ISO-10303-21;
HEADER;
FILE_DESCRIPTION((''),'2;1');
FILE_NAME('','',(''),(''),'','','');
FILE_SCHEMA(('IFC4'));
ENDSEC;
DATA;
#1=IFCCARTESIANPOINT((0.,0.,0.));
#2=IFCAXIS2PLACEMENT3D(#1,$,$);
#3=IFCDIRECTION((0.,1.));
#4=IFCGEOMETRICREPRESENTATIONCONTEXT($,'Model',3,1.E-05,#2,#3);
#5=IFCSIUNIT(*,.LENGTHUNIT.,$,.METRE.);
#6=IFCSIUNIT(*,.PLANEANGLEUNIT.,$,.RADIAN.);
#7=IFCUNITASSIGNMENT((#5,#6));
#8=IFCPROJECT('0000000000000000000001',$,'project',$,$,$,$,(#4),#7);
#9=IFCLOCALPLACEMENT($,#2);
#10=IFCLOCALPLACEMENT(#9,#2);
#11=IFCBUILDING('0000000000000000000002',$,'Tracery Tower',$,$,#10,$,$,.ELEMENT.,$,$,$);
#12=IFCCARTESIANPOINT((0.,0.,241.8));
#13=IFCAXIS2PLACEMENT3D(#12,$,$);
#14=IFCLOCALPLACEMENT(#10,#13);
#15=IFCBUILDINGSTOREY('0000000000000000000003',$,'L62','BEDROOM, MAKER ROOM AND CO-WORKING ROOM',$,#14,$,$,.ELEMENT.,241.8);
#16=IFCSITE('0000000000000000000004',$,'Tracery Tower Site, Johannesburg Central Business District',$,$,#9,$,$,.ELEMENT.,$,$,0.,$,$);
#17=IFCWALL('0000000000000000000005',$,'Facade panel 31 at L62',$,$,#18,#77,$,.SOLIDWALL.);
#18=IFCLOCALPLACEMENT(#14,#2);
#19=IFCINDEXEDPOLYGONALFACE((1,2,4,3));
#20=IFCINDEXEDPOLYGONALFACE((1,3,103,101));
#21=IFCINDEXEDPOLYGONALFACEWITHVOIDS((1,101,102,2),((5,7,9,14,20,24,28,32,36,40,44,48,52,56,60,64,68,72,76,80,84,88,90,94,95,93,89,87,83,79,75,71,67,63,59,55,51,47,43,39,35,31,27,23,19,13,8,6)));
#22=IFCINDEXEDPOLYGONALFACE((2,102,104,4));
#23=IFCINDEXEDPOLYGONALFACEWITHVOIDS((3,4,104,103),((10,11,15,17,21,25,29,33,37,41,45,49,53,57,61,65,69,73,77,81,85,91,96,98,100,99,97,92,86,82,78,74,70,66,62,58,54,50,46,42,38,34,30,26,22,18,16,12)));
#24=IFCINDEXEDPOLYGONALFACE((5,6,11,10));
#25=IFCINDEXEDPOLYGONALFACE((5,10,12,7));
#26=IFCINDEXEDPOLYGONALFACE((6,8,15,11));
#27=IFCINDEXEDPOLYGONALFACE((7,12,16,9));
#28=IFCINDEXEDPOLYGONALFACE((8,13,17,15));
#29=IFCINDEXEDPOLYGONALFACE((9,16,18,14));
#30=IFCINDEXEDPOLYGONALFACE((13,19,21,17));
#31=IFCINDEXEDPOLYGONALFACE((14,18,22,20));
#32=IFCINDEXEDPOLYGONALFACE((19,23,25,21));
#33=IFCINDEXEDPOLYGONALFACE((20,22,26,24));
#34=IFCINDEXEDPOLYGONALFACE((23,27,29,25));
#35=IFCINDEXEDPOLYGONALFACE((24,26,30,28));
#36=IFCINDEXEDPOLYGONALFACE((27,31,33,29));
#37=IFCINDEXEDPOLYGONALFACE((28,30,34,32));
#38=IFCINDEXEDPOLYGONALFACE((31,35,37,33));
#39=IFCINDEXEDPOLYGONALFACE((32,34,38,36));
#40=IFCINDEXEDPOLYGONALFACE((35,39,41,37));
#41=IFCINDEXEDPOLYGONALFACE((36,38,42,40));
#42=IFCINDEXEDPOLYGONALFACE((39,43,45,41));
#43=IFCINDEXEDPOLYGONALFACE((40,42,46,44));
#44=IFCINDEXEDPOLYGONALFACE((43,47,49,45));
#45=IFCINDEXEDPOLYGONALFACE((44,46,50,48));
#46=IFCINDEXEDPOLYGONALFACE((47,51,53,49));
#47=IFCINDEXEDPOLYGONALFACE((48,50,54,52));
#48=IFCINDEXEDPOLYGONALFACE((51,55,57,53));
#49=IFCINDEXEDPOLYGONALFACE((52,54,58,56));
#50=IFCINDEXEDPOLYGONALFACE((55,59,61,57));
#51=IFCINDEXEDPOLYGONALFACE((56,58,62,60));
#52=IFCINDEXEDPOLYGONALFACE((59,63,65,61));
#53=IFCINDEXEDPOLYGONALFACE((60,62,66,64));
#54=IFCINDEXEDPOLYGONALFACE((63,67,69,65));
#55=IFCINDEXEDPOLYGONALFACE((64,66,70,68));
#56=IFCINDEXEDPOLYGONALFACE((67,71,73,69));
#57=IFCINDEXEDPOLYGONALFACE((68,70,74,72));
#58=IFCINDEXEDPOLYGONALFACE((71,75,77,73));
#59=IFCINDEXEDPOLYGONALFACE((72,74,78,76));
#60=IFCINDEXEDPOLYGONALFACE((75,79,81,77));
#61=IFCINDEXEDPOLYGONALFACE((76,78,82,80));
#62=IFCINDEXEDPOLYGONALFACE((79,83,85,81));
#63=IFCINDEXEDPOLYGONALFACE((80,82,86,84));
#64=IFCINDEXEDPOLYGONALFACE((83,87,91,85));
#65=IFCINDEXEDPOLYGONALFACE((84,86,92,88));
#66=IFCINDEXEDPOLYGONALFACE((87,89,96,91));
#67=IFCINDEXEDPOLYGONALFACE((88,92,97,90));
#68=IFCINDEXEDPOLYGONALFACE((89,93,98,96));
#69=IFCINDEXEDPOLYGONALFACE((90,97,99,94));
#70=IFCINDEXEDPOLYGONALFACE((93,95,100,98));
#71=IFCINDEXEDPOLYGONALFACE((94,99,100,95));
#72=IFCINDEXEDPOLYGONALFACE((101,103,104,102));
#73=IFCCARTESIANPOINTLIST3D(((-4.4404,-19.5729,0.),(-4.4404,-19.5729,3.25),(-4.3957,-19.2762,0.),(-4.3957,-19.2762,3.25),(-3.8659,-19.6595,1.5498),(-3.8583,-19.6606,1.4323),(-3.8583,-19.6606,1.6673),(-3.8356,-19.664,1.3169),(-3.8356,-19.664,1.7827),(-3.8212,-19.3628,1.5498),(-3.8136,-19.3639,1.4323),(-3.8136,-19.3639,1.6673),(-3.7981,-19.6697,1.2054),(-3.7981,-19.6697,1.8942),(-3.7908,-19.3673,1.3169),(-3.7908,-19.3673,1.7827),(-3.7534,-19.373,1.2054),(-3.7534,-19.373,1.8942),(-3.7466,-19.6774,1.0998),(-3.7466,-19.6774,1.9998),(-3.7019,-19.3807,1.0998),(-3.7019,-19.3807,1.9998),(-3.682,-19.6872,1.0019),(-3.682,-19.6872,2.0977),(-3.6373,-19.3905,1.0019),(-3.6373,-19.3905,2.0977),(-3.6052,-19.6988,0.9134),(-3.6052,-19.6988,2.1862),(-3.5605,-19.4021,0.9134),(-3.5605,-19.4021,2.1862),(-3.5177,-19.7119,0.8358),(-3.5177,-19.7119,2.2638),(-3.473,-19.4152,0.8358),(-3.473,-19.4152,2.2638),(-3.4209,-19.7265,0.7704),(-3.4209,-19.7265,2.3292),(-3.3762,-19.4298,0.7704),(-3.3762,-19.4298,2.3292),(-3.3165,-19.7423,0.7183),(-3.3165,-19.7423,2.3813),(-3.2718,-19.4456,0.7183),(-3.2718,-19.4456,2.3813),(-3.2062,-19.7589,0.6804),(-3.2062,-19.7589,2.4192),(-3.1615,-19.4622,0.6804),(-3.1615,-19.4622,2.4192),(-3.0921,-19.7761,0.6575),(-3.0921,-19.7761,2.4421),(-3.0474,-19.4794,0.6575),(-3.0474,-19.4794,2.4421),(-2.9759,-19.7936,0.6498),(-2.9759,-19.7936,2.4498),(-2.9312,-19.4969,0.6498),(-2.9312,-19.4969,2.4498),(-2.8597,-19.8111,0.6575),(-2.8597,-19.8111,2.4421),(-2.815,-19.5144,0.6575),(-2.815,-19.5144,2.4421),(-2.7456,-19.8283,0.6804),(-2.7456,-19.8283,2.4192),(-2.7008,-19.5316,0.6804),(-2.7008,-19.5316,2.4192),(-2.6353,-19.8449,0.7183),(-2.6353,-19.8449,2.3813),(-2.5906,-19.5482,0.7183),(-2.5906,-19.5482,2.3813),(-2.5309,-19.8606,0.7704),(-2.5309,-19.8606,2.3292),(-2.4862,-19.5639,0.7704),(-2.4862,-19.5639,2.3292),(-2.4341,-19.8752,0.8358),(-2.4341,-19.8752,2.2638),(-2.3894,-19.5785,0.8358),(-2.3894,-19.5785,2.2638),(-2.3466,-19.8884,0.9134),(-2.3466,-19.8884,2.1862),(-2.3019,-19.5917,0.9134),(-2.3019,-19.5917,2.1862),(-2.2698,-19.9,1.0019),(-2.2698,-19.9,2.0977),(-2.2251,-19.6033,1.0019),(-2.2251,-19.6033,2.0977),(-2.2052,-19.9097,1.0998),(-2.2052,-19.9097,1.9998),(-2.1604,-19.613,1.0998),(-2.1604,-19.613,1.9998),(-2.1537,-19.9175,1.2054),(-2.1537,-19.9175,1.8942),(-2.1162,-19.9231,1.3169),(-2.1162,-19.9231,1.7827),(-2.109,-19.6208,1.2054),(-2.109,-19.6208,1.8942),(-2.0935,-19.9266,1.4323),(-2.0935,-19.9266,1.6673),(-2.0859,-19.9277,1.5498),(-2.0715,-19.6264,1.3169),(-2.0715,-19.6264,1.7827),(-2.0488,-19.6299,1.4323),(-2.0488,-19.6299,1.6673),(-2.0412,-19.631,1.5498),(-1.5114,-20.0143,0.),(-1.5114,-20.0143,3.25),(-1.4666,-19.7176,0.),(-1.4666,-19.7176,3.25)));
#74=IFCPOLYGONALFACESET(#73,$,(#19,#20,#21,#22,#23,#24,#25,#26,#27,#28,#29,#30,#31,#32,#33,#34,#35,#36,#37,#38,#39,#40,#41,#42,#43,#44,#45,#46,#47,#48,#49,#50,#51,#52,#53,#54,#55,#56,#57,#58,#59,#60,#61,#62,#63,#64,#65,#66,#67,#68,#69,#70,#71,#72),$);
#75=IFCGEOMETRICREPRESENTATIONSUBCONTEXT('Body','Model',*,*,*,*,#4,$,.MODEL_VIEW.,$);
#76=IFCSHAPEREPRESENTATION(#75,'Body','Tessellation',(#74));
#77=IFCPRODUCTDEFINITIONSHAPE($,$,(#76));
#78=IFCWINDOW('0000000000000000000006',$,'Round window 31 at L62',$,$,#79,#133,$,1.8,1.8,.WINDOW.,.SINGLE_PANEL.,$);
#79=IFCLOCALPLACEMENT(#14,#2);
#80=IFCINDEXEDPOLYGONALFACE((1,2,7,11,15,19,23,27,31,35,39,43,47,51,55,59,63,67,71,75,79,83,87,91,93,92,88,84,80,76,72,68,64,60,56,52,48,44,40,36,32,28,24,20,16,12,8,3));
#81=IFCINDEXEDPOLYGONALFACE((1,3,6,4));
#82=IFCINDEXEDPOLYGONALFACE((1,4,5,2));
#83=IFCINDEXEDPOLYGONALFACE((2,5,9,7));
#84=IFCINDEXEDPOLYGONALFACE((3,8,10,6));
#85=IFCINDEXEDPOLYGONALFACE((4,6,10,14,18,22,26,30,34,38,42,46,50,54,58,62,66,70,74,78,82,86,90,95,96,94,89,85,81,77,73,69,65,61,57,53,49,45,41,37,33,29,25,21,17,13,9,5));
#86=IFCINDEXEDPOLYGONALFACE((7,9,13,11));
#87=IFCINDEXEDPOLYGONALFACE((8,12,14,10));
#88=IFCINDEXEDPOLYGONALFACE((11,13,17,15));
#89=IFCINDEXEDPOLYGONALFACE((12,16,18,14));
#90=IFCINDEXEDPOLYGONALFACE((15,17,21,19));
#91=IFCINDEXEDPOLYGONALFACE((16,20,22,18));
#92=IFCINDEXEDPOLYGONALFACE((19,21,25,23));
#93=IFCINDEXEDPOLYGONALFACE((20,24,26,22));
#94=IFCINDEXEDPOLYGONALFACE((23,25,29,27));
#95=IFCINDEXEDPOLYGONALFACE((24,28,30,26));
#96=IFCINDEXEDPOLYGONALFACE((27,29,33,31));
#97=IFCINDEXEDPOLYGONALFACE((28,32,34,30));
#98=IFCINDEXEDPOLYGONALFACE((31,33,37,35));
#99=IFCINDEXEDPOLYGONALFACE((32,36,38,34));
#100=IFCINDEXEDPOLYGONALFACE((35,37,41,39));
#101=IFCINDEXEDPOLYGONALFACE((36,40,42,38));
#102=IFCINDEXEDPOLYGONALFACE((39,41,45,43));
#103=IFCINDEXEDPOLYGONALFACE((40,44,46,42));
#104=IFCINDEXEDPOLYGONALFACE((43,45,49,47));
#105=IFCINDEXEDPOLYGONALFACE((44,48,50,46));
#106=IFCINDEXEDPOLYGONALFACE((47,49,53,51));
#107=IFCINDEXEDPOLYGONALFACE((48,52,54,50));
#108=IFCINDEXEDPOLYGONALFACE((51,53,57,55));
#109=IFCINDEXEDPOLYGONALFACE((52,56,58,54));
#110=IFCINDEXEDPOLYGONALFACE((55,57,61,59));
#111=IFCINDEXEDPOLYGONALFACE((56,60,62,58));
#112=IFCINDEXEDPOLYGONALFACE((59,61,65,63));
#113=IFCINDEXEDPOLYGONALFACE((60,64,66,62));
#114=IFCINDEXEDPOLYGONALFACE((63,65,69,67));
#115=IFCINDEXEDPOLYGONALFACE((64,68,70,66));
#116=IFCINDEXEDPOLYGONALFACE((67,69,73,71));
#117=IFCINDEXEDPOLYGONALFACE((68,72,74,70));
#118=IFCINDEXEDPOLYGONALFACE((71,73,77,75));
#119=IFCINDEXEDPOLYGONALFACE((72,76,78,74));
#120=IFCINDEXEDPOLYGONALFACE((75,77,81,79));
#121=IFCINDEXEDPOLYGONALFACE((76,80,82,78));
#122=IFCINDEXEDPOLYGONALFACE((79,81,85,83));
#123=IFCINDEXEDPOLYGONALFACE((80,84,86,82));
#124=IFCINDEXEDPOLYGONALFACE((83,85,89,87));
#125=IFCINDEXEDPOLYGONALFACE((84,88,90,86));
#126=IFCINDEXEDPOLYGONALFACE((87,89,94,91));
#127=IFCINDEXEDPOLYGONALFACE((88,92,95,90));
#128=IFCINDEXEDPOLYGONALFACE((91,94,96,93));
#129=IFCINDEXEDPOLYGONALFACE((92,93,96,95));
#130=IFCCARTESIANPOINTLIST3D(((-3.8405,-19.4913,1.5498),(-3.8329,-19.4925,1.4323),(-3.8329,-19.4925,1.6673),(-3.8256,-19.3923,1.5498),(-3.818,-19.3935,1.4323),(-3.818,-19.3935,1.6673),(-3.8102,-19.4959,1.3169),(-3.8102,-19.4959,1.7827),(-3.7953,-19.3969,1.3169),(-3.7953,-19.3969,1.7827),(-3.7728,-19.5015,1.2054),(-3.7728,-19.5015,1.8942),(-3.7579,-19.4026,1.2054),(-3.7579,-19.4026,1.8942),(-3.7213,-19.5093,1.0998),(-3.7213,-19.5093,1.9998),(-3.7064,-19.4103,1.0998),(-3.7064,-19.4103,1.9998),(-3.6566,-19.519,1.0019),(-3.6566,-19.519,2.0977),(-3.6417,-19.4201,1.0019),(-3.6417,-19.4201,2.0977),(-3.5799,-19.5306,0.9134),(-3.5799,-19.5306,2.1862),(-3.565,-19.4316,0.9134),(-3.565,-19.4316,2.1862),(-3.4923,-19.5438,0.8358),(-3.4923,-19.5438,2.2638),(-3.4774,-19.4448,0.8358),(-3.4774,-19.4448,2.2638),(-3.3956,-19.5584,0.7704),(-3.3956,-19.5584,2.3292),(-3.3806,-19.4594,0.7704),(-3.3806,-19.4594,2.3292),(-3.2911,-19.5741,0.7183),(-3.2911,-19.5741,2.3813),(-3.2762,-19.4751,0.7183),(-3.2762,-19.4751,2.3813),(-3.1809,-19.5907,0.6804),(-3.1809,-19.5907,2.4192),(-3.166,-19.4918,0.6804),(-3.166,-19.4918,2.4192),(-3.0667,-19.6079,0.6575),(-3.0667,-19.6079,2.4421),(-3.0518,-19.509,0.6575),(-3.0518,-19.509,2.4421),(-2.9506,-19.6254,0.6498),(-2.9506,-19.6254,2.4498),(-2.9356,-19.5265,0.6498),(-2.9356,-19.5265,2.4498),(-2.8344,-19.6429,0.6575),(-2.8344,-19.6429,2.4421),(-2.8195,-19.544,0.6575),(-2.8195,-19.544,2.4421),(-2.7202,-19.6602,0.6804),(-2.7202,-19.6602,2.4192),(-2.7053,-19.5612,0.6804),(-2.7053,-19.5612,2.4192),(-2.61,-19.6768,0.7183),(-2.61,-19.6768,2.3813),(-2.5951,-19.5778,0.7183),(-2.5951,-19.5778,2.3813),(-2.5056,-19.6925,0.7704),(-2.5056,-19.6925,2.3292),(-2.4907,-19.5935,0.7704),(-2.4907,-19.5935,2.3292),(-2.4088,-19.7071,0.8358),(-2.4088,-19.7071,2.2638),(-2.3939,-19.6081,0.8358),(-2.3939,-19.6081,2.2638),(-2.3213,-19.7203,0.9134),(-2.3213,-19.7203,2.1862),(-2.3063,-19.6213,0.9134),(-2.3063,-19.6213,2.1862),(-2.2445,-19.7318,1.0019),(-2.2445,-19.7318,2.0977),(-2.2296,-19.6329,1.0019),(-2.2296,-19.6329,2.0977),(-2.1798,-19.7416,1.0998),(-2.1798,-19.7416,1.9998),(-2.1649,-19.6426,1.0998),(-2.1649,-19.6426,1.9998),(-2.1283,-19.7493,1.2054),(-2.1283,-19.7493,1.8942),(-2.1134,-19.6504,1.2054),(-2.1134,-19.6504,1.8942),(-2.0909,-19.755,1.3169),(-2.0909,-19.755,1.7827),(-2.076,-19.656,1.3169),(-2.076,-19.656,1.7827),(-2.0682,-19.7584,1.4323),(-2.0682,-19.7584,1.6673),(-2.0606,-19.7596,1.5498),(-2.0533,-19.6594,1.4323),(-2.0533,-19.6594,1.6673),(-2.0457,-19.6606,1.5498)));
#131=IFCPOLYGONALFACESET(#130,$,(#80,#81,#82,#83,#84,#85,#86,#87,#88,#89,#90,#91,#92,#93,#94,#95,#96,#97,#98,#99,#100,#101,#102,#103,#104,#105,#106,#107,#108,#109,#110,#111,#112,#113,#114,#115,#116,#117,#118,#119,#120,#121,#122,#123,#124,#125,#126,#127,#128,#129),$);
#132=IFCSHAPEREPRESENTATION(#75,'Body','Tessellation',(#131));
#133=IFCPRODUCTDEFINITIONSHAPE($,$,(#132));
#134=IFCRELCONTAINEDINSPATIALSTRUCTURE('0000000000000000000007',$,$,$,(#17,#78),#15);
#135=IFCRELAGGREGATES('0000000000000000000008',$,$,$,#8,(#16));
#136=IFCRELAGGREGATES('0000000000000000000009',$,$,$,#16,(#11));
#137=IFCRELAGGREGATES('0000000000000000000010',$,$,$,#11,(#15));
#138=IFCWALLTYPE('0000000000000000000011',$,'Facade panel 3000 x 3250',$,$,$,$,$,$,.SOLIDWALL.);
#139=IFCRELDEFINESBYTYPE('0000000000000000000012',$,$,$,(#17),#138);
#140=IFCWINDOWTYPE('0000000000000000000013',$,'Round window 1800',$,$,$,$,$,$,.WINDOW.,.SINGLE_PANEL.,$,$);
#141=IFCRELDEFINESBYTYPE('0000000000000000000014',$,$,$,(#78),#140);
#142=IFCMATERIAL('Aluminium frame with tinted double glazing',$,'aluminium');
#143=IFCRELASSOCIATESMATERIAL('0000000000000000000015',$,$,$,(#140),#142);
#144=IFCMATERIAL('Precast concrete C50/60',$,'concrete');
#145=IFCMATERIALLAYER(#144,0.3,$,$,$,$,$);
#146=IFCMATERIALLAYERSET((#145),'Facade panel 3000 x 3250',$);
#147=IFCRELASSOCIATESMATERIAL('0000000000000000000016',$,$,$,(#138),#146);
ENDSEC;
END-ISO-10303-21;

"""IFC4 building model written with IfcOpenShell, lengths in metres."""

from ifc_helpers import new_model, si_unit, direction, frame, frame_2d, origin, origin_2d, place, context, subcontext, project, spatial, rectangle, circle, extrude, material, layer, layer_set, type_object, element, fill, save


model = new_model("IFC4")

# Units and contexts
model_context = context("Model", 3, precision=1e-05, world=origin(), true_north=direction((0.0, 1.0)))
body_context = subcontext(model_context, "Body", "Model", "MODEL_VIEW")
ifc_project = project(units=[si_unit("LENGTHUNIT", "METRE"), si_unit("PLANEANGLEUNIT", "RADIAN")], contexts=[model_context])

# Site, building, storey
site_placement = place(None, origin())
site = spatial("IfcSite", under=ifc_project, at=site_placement, Name="Tracery Tower Site, Johannesburg Central Business District", CompositionType="ELEMENT", RefElevation=0.0)
building_placement = place(site_placement, origin())
building = spatial("IfcBuilding", under=site, at=building_placement, Name="Tracery Tower", CompositionType="ELEMENT")
storey_placement = place(building_placement, frame((0.0, 0.0, 241.8)))
storey = spatial("IfcBuildingStorey", under=building, at=storey_placement, Name="L62", Description="BEDROOM, MAKER ROOM AND CO-WORKING ROOM", CompositionType="ELEMENT", Elevation=241.8)

# Wall, opening, window
ifc_material_1 = material(Name="Aluminium frame with tinted double glazing", Category="aluminium")
window_type = type_object("IfcWindowType", Name="Round window 1800", PartitioningType="SINGLE_PANEL", PredefinedType="WINDOW", material=ifc_material_1)
ifc_material_2 = material(Name="Precast concrete C50/60", Category="concrete")
ifc_layer_1 = layer(ifc_material_2, 0.3)
ifc_layer_set_1 = layer_set([ifc_layer_1], Name="Facade panel 3000 x 3250")
wall_type_1 = type_object("IfcWallType", Name="Facade panel 3000 x 3250", PredefinedType="SOLIDWALL", material=ifc_layer_set_1)
wall_1_placement = place(storey_placement, frame((-4.418, -19.4246, 0.0), z_axis=(0.0, 0.0, 1.0), x_axis=(0.988836, -0.149009, 0.0)))
wall_1 = element("IfcWall", 1, at=wall_1_placement, inside=storey, type_object=wall_type_1, Name="Facade panel 31 at L62", PredefinedType="SOLIDWALL", context=body_context, shape_type="SweptSolid", body=[
    extrude(rectangle(XDim=2.9622, YDim=0.3, at=frame_2d((1.481, 0.0))), origin(), (0.0, 0.0, 1.0), 3.25),
])
opening_1_placement = place(wall_1_placement, frame((1.481, 0.0, 1.5498)))
opening_1 = element("IfcOpeningElement", 2, at=opening_1_placement, cuts=wall_1, PredefinedType="OPENING", context=body_context, shape_type="SweptSolid", body=[
    extrude(circle(Radius=0.9, at=origin_2d()), frame((0.0, 0.1599, 0.0), z_axis=(0.0, -1.0, 0.0), x_axis=(1.0, 0.0, 0.0)), (0.0, 0.0, 1.0), 0.3201),
])
window_1_placement = place(opening_1_placement, origin())
window_1 = element("IfcWindow", 3, at=window_1_placement, inside=storey, type_object=window_type, Name="Round window 31 at L62", OverallHeight=1.8, OverallWidth=1.8, PartitioningType="SINGLE_PANEL", PredefinedType="WINDOW", context=body_context, shape_type="SweptSolid", body=[
    extrude(circle(Radius=0.9, at=origin_2d()), frame((0.0, 0.1201, 0.0), z_axis=(0.0, -1.0, 0.0), x_axis=(1.0, 0.0, 0.0)), (0.0, 0.0, 1.0), 0.1001),
])
fill(opening_1, window_1)

save(model, "model.ifc")
